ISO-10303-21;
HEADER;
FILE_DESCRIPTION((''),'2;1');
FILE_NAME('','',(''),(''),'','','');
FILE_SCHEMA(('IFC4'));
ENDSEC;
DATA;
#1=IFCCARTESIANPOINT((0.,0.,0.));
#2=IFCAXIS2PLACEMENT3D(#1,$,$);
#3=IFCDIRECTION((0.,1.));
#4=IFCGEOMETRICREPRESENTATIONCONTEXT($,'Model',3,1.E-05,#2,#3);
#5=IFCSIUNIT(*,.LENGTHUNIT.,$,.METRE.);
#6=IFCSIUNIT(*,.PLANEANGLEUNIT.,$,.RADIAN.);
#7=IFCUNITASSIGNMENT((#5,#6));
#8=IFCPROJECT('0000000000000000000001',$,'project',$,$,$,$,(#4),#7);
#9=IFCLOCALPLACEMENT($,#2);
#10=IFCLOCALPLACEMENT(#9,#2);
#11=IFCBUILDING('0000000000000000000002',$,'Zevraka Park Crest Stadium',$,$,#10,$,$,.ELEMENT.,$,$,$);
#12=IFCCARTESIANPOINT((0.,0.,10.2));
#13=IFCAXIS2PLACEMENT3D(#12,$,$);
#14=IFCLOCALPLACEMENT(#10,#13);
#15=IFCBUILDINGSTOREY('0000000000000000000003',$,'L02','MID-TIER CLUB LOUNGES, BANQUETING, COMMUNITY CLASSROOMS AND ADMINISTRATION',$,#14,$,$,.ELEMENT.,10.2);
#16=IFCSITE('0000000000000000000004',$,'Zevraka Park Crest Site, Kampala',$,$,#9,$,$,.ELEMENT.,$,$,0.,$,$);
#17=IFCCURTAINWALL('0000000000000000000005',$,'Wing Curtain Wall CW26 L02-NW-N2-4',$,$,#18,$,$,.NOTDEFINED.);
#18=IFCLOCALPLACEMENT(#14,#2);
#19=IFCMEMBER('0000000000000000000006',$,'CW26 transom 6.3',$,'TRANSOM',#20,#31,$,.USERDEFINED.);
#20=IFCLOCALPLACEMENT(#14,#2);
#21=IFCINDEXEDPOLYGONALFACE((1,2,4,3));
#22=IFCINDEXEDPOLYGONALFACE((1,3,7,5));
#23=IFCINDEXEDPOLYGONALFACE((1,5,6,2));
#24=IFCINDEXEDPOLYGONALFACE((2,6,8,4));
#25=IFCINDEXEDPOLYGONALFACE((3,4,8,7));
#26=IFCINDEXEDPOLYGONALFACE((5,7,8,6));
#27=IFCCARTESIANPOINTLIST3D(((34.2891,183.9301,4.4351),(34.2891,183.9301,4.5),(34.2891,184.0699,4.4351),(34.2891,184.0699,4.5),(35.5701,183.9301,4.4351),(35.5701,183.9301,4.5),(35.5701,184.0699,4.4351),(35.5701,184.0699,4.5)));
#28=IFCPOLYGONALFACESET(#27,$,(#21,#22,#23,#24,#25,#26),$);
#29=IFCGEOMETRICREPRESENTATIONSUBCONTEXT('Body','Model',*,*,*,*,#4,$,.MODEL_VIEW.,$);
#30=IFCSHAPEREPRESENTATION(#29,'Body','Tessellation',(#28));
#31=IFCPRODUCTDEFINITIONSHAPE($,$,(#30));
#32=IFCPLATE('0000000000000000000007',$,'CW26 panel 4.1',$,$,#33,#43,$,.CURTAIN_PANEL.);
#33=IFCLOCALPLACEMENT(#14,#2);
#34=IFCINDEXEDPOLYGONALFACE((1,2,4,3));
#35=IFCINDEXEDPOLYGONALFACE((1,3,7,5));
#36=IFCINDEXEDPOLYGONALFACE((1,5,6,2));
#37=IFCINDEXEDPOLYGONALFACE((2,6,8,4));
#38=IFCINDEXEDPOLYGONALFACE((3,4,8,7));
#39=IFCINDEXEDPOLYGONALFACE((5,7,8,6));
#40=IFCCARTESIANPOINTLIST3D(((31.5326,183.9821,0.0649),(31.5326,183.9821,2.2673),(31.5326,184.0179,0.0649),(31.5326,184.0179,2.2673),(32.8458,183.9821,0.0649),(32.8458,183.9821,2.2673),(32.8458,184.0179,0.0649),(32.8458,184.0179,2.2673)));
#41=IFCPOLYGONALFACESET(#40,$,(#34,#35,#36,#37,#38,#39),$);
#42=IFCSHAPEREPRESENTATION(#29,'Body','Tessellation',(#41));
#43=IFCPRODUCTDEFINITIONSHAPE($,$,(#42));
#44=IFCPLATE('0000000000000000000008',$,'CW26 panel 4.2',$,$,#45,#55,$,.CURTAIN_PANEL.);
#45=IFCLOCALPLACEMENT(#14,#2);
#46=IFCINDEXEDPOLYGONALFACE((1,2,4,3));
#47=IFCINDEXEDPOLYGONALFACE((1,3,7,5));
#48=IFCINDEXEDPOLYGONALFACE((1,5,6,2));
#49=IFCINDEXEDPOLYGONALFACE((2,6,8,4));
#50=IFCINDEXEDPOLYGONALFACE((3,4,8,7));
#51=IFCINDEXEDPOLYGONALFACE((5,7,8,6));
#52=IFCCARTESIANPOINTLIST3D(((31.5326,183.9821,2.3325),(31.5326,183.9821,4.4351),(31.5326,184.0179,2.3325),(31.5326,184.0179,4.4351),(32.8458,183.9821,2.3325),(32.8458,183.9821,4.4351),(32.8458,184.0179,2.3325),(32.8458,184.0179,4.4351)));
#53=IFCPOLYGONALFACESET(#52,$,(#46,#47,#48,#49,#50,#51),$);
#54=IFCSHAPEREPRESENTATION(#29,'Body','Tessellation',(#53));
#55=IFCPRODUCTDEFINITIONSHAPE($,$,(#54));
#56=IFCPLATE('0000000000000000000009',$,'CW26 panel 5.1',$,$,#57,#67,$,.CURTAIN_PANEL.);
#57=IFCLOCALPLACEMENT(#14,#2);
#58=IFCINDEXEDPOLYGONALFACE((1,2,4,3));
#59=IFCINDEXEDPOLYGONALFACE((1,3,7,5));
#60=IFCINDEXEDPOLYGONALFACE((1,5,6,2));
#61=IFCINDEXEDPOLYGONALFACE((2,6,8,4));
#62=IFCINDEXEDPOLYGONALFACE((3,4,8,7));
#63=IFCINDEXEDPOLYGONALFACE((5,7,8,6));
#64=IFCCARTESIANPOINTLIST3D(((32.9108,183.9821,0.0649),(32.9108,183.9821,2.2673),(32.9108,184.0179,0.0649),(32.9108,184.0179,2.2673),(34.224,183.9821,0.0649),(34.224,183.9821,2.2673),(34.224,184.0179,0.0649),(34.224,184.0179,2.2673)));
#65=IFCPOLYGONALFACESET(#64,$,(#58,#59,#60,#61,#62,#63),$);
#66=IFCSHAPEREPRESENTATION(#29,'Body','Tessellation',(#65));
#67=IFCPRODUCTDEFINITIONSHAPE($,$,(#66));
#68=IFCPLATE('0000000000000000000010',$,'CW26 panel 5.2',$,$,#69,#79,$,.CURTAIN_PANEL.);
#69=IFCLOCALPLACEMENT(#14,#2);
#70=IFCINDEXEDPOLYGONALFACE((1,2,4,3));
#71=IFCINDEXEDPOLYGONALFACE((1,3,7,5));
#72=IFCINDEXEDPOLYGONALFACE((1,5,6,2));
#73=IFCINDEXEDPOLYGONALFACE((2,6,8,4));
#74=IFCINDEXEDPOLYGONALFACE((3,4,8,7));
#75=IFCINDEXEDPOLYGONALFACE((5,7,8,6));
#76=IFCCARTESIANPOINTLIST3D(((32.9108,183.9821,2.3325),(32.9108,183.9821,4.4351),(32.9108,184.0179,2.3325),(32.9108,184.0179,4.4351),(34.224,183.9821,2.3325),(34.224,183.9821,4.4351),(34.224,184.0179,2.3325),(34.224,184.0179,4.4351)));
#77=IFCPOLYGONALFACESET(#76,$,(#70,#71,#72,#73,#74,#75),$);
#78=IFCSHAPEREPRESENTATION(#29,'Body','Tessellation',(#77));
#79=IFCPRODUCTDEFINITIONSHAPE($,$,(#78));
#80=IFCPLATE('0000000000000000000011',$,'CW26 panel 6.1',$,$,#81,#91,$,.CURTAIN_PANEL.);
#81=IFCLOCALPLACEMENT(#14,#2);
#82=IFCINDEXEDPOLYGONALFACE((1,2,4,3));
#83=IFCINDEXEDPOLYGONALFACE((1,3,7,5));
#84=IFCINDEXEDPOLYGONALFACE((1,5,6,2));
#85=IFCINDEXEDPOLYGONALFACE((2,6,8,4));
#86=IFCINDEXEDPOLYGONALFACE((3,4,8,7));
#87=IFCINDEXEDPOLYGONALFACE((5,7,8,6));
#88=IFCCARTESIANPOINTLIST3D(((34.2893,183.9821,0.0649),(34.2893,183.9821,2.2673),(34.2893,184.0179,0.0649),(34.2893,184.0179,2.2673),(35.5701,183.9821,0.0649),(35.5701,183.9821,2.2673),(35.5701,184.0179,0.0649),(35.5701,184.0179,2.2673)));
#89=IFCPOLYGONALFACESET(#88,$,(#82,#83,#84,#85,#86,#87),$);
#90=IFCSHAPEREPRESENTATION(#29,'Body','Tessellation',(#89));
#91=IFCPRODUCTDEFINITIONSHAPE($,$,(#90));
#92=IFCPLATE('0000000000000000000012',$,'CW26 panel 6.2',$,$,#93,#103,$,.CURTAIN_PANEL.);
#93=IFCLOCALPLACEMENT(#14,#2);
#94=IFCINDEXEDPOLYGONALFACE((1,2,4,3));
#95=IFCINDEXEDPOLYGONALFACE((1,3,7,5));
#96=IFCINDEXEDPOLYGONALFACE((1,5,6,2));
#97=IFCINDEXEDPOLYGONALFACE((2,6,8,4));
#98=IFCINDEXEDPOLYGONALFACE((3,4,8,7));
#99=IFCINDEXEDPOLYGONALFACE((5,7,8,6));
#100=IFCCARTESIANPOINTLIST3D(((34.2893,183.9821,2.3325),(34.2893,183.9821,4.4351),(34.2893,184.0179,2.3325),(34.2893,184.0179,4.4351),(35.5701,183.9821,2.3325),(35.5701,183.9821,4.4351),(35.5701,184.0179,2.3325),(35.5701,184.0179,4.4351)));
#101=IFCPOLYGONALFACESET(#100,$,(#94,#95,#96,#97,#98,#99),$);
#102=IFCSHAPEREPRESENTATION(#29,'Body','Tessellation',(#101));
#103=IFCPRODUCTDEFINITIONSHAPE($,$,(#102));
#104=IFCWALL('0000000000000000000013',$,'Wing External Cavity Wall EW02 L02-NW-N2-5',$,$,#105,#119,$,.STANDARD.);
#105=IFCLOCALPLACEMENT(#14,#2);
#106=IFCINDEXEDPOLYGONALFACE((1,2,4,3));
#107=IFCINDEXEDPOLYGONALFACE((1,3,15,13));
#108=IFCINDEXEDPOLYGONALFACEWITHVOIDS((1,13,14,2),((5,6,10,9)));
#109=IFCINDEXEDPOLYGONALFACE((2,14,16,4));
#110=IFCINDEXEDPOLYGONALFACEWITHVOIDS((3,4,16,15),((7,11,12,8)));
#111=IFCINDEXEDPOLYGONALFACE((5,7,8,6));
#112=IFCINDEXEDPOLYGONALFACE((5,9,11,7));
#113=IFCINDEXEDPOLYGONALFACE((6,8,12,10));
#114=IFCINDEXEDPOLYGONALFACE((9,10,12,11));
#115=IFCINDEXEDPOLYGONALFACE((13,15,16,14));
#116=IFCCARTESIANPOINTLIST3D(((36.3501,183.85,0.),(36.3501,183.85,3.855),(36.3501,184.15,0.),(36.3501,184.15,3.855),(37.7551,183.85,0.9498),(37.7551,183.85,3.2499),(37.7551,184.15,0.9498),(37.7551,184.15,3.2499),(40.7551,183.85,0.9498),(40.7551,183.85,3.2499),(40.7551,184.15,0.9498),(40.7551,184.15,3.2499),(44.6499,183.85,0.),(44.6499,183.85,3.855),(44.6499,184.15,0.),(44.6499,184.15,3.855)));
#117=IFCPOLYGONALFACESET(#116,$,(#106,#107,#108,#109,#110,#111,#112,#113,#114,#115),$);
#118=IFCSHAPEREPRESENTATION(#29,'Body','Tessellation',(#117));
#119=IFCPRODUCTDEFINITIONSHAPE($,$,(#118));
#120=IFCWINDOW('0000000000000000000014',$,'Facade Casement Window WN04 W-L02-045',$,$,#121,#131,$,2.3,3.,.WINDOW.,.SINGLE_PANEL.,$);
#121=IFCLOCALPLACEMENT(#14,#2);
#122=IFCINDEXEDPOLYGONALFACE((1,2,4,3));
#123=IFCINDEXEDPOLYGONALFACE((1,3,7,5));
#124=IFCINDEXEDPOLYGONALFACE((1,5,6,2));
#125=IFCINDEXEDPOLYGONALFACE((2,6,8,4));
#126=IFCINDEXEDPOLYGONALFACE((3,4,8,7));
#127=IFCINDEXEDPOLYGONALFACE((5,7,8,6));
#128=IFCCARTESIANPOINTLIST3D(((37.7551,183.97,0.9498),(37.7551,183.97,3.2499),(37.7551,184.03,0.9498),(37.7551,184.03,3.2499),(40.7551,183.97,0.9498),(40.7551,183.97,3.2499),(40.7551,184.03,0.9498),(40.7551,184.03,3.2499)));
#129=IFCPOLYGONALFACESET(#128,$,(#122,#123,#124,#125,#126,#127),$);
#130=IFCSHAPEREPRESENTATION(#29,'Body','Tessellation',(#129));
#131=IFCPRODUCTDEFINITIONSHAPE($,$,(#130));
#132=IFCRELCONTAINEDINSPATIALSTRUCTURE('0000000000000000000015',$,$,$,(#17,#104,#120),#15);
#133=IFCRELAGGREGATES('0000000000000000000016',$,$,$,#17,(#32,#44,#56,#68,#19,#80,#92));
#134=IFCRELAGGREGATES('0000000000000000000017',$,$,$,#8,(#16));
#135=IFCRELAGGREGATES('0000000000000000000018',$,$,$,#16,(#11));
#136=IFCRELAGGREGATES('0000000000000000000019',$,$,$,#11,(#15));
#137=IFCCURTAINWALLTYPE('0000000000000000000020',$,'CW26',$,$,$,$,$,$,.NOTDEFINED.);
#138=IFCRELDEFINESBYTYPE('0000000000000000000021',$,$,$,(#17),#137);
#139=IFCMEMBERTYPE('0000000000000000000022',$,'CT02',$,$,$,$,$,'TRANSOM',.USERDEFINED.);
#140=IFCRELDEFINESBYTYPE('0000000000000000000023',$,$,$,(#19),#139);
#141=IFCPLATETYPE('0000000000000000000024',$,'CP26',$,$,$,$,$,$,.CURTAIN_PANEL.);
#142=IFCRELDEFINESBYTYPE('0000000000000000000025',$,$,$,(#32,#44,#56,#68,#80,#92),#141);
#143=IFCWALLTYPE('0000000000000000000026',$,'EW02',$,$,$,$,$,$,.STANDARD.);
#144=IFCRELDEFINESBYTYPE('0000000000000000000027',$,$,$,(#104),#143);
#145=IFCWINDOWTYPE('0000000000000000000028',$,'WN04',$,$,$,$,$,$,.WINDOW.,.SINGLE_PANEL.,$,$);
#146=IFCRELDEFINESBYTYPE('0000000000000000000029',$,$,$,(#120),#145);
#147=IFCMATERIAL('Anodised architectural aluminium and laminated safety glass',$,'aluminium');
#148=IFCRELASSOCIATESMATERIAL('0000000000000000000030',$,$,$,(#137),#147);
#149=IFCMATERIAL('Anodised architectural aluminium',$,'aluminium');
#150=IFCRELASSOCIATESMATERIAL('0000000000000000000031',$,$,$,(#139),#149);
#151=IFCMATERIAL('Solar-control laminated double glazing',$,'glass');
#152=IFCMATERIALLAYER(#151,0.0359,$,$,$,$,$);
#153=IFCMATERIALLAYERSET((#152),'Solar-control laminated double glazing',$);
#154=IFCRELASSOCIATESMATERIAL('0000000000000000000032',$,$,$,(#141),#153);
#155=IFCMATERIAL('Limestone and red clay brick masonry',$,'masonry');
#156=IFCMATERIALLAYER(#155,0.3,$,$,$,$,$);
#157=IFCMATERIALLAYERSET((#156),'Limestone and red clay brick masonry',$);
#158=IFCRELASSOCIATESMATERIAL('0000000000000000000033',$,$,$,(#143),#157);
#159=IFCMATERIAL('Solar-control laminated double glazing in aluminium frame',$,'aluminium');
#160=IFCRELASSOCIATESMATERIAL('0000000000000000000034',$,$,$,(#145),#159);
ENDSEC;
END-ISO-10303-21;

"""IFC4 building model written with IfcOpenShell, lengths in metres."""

from ifc_helpers import new_model, si_unit, direction, frame, frame_2d, origin, origin_2d, place, context, subcontext, project, spatial, rectangle, extrude, material, layer, layer_set, material_profile, profile_set, type_object, element, fill, aggregate, save


model = new_model("IFC4")

# Units and contexts
model_context = context("Model", 3, precision=1e-05, world=origin(), true_north=direction((0.0, 1.0)))
body_context = subcontext(model_context, "Body", "Model", "MODEL_VIEW")
ifc_project = project(units=[si_unit("LENGTHUNIT", "METRE"), si_unit("PLANEANGLEUNIT", "RADIAN")], contexts=[model_context])

# Site, building, storey
site_placement = place(None, origin())
site = spatial("IfcSite", under=ifc_project, at=site_placement, Name="Zevraka Park Crest Site, Kampala", CompositionType="ELEMENT", RefElevation=0.0)
building_placement = place(site_placement, origin())
building = spatial("IfcBuilding", under=site, at=building_placement, Name="Zevraka Park Crest Stadium", CompositionType="ELEMENT")
storey_placement = place(building_placement, frame((0.0, 0.0, 10.2)))
storey = spatial("IfcBuildingStorey", under=building, at=storey_placement, Name="L02", Description="MID-TIER CLUB LOUNGES, BANQUETING, COMMUNITY CLASSROOMS AND ADMINISTRATION", CompositionType="ELEMENT", Elevation=10.2)

# Curtain wall, member, plates
ifc_material_1 = material(Name="Anodised architectural aluminium and laminated safety glass", Category="aluminium")
curtain_wall_type = type_object("IfcCurtainWallType", Name="CW26", PredefinedType="NOTDEFINED", material=ifc_material_1)
curtain_wall_placement = place(storey_placement, origin())
curtain_wall = element("IfcCurtainWall", 1, at=curtain_wall_placement, inside=storey, type_object=curtain_wall_type, Name="Wing Curtain Wall CW26 L02-NW-N2-4", PredefinedType="NOTDEFINED")
ifc_material_2 = material(Name="Anodised architectural aluminium", Category="aluminium")
ifc_material_profile_1 = material_profile(ifc_material_2, rectangle(XDim=0.1399, YDim=0.0649, at=origin_2d()), Name="ALU TRANSOM 140x65")
ifc_profile_set_1 = profile_set([ifc_material_profile_1], Name="Anodised architectural aluminium")
member_type_1 = type_object("IfcMemberType", Name="CT02", ElementType="TRANSOM", PredefinedType="USERDEFINED", material=ifc_profile_set_1)
member_1_placement = place(storey_placement, frame((34.2891, 184.0, 4.4675), z_axis=(1.0, 0.0, 0.0), x_axis=(0.0, 1.0, 0.0)))
member_1 = element("IfcMember", 2, at=member_1_placement, type_object=member_type_1, Name="CW26 transom 6.3", ObjectType="TRANSOM", PredefinedType="USERDEFINED", context=body_context, shape_type="SweptSolid", body=[
    extrude(rectangle(XDim=0.1399, YDim=0.0649, at=origin_2d()), origin(), (0.0, 0.0, 1.0), 1.281),
])
ifc_material_3 = material(Name="Solar-control laminated double glazing", Category="glass")
ifc_layer_1 = layer(ifc_material_3, 0.0359)
ifc_layer_set_1 = layer_set([ifc_layer_1], Name="Solar-control laminated double glazing")
plate_type = type_object("IfcPlateType", Name="CP26", PredefinedType="CURTAIN_PANEL", material=ifc_layer_set_1)
plate_1_placement = place(storey_placement, frame((32.1892, 184.0, 0.0649), z_axis=(0.0, 0.0, 1.0), x_axis=(1.0, 0.0, 0.0)))
plate_1 = element("IfcPlate", 3, at=plate_1_placement, type_object=plate_type, Name="CW26 panel 4.1", PredefinedType="CURTAIN_PANEL", context=body_context, shape_type="SweptSolid", body=[
    extrude(rectangle(XDim=1.3132, YDim=0.0359, at=origin_2d()), origin(), (0.0, 0.0, 1.0), 2.2024),
])
plate_2_placement = place(storey_placement, frame((32.1892, 184.0, 2.3325), z_axis=(0.0, 0.0, 1.0), x_axis=(1.0, 0.0, 0.0)))
plate_2 = element("IfcPlate", 4, at=plate_2_placement, type_object=plate_type, Name="CW26 panel 4.2", PredefinedType="CURTAIN_PANEL", context=body_context, shape_type="SweptSolid", body=[
    extrude(rectangle(XDim=1.3132, YDim=0.0359, at=origin_2d()), origin(), (0.0, 0.0, 1.0), 2.1025),
])
plate_3_placement = place(storey_placement, frame((33.5674, 184.0, 0.0649), z_axis=(0.0, 0.0, 1.0), x_axis=(1.0, 0.0, 0.0)))
plate_3 = element("IfcPlate", 5, at=plate_3_placement, type_object=plate_type, Name="CW26 panel 5.1", PredefinedType="CURTAIN_PANEL", context=body_context, shape_type="SweptSolid", body=[
    extrude(rectangle(XDim=1.3132, YDim=0.0359, at=origin_2d()), origin(), (0.0, 0.0, 1.0), 2.2024),
])
plate_4_placement = place(storey_placement, frame((33.5674, 184.0, 2.3325), z_axis=(0.0, 0.0, 1.0), x_axis=(1.0, 0.0, 0.0)))
plate_4 = element("IfcPlate", 6, at=plate_4_placement, type_object=plate_type, Name="CW26 panel 5.2", PredefinedType="CURTAIN_PANEL", context=body_context, shape_type="SweptSolid", body=[
    extrude(rectangle(XDim=1.3132, YDim=0.0359, at=origin_2d()), origin(), (0.0, 0.0, 1.0), 2.1025),
])
plate_5_placement = place(storey_placement, frame((34.9297, 184.0, 0.0649), z_axis=(0.0, 0.0, 1.0), x_axis=(1.0, 0.0, 0.0)))
plate_5 = element("IfcPlate", 7, at=plate_5_placement, type_object=plate_type, Name="CW26 panel 6.1", PredefinedType="CURTAIN_PANEL", context=body_context, shape_type="SweptSolid", body=[
    extrude(rectangle(XDim=1.2808, YDim=0.0359, at=origin_2d()), origin(), (0.0, 0.0, 1.0), 2.2024),
])
plate_6_placement = place(storey_placement, frame((34.9297, 184.0, 2.3325), z_axis=(0.0, 0.0, 1.0), x_axis=(1.0, 0.0, 0.0)))
plate_6 = element("IfcPlate", 8, at=plate_6_placement, type_object=plate_type, Name="CW26 panel 6.2", PredefinedType="CURTAIN_PANEL", context=body_context, shape_type="SweptSolid", body=[
    extrude(rectangle(XDim=1.2808, YDim=0.0359, at=origin_2d()), origin(), (0.0, 0.0, 1.0), 2.1025),
])
aggregate(curtain_wall, [plate_1, plate_2, plate_3, plate_4, member_1, plate_5, plate_6])

# Wall, opening, window
ifc_material_4 = material(Name="Limestone and red clay brick masonry", Category="masonry")
ifc_layer_2 = layer(ifc_material_4, 0.3)
ifc_layer_set_2 = layer_set([ifc_layer_2], Name="Limestone and red clay brick masonry")
wall_type = type_object("IfcWallType", Name="EW02", PredefinedType="STANDARD", material=ifc_layer_set_2)
wall_placement = place(storey_placement, frame((36.3501, 184.0, 0.0), z_axis=(0.0, 0.0, 1.0), x_axis=(1.0, 0.0, 0.0)))
wall = element("IfcWall", 9, at=wall_placement, inside=storey, type_object=wall_type, Name="Wing External Cavity Wall EW02 L02-NW-N2-5", PredefinedType="STANDARD", context=body_context, shape_type="SweptSolid", body=[
    extrude(rectangle(XDim=8.2998, YDim=0.3, at=frame_2d((4.1499, 0.0))), origin(), (0.0, 0.0, 1.0), 3.855),
])
opening_placement = place(wall_placement, frame((1.405, 0.0, 0.95)))
opening = element("IfcOpeningElement", 10, at=opening_placement, cuts=wall, PredefinedType="OPENING", context=body_context, shape_type="SweptSolid", body=[
    extrude(rectangle(XDim=3.0, YDim=2.3, at=frame_2d((1.5, 1.1499))), frame((0.0, 0.1599, 0.0), z_axis=(0.0, -1.0, 0.0), x_axis=(1.0, 0.0, 0.0)), (0.0, 0.0, 1.0), 0.3201),
])
ifc_material_5 = material(Name="Solar-control laminated double glazing in aluminium frame", Category="aluminium")
window_type = type_object("IfcWindowType", Name="WN04", PartitioningType="SINGLE_PANEL", PredefinedType="WINDOW", material=ifc_material_5)
window_placement = place(opening_placement, origin())
window = element("IfcWindow", 11, at=window_placement, inside=storey, type_object=window_type, Name="Facade Casement Window WN04 W-L02-045", OverallHeight=2.3, OverallWidth=3.0, PartitioningType="SINGLE_PANEL", PredefinedType="WINDOW", context=body_context, shape_type="SweptSolid", body=[
    extrude(rectangle(XDim=3.0, YDim=2.3, at=frame_2d((1.5, 1.1499))), frame((0.0, 0.03, 0.0), z_axis=(0.0, -1.0, 0.0), x_axis=(1.0, 0.0, 0.0)), (0.0, 0.0, 1.0), 0.0601),
])
fill(opening, window)

save(model, "model.ifc")
